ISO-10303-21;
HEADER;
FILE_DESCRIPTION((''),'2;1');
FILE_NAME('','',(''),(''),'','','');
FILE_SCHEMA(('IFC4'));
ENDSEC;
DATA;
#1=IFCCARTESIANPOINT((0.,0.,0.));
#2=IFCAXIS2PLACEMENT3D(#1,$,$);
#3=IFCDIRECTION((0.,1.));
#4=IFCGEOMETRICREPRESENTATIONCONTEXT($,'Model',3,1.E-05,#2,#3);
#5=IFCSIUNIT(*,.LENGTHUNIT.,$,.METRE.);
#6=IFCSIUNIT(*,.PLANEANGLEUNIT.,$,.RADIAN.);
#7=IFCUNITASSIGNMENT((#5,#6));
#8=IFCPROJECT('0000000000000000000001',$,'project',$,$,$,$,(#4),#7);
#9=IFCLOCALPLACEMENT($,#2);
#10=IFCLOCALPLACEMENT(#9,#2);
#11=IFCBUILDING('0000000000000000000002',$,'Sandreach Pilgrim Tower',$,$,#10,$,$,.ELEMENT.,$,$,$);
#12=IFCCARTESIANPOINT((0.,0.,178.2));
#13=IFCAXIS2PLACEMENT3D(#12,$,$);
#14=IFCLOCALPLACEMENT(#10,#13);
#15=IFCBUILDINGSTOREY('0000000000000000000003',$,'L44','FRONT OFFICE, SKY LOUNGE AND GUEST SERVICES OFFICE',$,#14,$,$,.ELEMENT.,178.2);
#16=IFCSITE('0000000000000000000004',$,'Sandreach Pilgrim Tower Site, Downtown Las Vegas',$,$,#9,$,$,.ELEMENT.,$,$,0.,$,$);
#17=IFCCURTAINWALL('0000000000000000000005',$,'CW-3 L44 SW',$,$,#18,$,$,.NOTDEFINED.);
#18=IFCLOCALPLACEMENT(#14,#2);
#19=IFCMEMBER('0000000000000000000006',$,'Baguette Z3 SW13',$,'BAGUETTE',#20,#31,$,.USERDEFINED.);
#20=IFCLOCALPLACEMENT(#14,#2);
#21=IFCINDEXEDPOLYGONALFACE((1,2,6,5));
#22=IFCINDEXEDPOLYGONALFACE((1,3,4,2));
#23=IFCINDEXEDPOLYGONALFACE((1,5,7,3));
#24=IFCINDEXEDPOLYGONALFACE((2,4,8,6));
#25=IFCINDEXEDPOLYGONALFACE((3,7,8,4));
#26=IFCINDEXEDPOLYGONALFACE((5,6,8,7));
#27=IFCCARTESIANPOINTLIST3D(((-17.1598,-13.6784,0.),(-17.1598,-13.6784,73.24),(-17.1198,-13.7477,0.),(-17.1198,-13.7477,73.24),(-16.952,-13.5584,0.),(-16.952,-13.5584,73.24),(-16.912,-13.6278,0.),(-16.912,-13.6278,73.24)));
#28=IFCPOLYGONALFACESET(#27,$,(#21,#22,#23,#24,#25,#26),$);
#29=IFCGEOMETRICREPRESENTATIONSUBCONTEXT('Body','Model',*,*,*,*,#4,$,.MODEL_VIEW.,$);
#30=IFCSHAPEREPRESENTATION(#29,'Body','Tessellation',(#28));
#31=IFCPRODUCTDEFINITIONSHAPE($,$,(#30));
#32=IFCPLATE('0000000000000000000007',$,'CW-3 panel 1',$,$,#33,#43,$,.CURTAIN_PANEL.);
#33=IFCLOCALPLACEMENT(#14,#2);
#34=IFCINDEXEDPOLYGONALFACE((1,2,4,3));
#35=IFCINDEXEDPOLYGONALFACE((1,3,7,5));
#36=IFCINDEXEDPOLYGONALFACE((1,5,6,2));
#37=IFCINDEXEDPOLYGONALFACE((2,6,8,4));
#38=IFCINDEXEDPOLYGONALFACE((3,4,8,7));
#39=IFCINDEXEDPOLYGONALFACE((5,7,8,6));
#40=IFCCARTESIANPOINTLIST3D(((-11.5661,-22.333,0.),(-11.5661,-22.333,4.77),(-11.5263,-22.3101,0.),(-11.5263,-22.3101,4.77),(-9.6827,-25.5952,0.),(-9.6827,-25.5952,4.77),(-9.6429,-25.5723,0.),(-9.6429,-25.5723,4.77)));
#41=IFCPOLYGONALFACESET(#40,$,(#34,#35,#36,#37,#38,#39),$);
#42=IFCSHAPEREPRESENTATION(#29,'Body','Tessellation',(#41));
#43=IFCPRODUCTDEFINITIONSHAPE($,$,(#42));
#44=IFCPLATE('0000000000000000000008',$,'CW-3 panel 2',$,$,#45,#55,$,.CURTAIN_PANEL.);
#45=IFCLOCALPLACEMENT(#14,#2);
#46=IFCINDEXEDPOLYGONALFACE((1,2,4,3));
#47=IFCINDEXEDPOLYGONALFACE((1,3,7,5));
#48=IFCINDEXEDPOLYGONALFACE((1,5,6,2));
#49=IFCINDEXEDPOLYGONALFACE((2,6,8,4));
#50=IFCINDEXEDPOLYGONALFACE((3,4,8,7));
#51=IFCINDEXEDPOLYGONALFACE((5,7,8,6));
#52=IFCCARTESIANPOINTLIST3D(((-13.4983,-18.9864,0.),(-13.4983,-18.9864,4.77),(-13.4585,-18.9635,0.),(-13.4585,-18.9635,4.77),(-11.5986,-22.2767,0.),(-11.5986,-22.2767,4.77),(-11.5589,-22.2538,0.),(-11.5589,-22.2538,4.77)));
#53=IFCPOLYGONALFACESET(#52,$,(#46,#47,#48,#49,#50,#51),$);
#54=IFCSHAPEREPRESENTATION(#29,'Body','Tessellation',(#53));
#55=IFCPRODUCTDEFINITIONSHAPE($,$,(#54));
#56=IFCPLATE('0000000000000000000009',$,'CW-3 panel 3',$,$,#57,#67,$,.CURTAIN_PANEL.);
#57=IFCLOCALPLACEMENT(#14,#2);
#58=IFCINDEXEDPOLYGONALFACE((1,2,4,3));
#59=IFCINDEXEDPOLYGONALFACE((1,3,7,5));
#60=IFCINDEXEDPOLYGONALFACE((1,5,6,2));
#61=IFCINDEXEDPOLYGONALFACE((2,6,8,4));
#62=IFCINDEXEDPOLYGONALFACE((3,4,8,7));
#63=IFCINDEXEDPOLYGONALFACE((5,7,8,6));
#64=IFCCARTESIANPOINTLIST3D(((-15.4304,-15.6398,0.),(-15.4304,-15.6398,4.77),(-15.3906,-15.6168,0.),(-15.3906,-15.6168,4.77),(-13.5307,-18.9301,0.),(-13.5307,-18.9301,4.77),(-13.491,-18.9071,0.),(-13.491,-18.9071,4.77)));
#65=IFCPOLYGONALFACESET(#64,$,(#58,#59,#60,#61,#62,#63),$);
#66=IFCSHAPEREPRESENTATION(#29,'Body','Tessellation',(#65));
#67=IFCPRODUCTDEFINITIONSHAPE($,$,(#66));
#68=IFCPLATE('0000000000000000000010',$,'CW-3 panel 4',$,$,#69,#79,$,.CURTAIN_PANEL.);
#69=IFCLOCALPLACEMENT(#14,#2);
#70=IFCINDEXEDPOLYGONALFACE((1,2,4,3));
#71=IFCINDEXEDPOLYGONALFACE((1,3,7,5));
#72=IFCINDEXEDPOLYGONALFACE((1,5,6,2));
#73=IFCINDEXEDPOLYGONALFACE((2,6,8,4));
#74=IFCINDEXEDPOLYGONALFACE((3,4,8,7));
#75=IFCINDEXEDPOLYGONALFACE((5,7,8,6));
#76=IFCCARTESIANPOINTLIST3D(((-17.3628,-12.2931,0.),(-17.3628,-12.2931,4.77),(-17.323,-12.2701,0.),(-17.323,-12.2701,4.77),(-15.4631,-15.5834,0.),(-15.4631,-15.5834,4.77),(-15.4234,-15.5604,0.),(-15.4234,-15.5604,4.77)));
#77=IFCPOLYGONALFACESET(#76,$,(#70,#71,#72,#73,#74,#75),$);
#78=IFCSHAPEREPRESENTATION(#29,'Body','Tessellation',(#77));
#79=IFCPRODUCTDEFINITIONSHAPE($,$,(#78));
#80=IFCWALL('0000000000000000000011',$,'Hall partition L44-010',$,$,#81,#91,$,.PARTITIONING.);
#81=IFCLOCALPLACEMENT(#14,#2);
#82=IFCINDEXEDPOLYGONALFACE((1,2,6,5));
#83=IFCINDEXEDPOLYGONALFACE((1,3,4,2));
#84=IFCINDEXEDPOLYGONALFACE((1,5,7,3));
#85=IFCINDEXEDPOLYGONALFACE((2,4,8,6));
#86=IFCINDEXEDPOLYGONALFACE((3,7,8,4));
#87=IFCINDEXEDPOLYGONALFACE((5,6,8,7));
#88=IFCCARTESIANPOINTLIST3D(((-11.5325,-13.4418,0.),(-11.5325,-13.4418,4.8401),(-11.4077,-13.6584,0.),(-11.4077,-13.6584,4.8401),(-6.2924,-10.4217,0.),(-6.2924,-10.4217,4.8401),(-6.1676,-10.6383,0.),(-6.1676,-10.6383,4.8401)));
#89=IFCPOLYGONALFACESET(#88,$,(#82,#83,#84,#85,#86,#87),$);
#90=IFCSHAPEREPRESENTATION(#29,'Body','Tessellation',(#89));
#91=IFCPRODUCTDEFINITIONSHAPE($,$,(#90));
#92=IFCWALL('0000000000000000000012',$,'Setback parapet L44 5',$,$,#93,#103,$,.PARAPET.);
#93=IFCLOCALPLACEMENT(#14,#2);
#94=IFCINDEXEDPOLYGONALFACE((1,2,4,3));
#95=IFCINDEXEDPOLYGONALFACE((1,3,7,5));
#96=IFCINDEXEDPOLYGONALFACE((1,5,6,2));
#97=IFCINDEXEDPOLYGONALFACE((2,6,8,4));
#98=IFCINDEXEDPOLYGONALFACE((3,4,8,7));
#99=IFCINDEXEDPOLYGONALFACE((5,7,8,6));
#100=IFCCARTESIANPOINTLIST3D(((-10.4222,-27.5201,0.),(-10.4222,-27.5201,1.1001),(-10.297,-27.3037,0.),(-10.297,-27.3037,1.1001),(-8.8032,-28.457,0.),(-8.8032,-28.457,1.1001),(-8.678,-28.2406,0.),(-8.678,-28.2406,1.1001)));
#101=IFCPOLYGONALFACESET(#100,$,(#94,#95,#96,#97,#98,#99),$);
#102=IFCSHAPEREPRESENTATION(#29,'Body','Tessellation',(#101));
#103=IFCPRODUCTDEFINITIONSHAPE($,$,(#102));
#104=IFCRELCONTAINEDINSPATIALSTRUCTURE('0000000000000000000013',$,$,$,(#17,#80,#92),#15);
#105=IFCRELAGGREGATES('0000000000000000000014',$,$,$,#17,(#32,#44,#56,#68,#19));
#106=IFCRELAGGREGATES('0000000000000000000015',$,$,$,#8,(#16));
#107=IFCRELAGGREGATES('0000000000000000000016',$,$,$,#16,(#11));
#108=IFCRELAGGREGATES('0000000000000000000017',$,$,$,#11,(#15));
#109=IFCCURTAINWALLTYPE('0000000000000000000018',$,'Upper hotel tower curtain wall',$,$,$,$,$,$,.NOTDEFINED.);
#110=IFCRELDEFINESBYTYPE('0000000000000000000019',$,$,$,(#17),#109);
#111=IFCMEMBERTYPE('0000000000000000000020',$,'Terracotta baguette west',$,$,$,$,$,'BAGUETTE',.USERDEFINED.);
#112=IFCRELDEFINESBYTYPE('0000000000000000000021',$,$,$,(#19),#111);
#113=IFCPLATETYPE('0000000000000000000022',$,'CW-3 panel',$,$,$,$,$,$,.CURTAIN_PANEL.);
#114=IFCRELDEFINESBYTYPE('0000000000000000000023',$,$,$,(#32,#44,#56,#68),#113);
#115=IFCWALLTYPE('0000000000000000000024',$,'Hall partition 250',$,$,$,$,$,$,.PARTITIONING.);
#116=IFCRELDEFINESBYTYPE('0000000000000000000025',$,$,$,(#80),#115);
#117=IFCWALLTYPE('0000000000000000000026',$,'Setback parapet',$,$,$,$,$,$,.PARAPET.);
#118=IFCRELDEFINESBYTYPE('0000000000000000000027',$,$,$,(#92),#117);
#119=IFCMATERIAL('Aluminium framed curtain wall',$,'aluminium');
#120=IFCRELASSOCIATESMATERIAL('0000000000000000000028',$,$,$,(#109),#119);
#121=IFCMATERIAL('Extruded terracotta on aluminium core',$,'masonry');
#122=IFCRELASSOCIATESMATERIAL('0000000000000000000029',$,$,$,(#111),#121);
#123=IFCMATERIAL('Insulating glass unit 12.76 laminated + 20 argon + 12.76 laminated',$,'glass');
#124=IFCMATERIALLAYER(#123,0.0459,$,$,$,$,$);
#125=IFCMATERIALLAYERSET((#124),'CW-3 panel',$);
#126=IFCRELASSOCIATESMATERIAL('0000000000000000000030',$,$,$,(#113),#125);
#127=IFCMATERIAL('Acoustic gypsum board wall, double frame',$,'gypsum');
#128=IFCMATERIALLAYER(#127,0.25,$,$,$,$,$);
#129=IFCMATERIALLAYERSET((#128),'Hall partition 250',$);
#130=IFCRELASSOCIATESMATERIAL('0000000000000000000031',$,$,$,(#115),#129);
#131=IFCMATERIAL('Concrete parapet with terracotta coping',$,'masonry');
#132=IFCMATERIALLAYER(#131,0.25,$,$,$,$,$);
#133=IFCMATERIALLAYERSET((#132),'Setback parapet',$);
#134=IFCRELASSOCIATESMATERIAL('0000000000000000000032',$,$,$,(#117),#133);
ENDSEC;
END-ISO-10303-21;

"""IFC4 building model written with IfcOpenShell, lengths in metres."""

from ifc_helpers import new_model, si_unit, direction, frame, frame_2d, origin, origin_2d, place, context, subcontext, project, spatial, rectangle, extrude, material, layer, layer_set, material_profile, profile_set, type_object, element, aggregate, save


model = new_model("IFC4")

# Units and contexts
model_context = context("Model", 3, precision=1e-05, world=origin(), true_north=direction((0.0, 1.0)))
body_context = subcontext(model_context, "Body", "Model", "MODEL_VIEW")
ifc_project = project(units=[si_unit("LENGTHUNIT", "METRE"), si_unit("PLANEANGLEUNIT", "RADIAN")], contexts=[model_context])

# Site, building, storey
site_placement = place(None, origin())
site = spatial("IfcSite", under=ifc_project, at=site_placement, Name="Sandreach Pilgrim Tower Site, Downtown Las Vegas", CompositionType="ELEMENT", RefElevation=0.0)
building_placement = place(site_placement, origin())
building = spatial("IfcBuilding", under=site, at=building_placement, Name="Sandreach Pilgrim Tower", CompositionType="ELEMENT")
storey_placement = place(building_placement, frame((0.0, 0.0, 178.2)))
storey = spatial("IfcBuildingStorey", under=building, at=storey_placement, Name="L44", Description="FRONT OFFICE, SKY LOUNGE AND GUEST SERVICES OFFICE", CompositionType="ELEMENT", Elevation=178.2)

# Curtain wall
ifc_material_1 = material(Name="Aluminium framed curtain wall", Category="aluminium")
curtain_wall_type = type_object("IfcCurtainWallType", Name="Upper hotel tower curtain wall", PredefinedType="NOTDEFINED", material=ifc_material_1)
curtain_wall_placement = place(storey_placement, origin())
curtain_wall = element("IfcCurtainWall", 1, at=curtain_wall_placement, inside=storey, type_object=curtain_wall_type, Name="CW-3 L44 SW", PredefinedType="NOTDEFINED")

# Member
ifc_material_2 = material(Name="Extruded terracotta on aluminium core", Category="masonry")
ifc_material_profile_1 = material_profile(ifc_material_2, rectangle(XDim=0.0801, YDim=0.24, at=origin_2d()), Name="TBW 80X240")
ifc_profile_set_1 = profile_set([ifc_material_profile_1], Name="Extruded terracotta on aluminium core")
member_type_1 = type_object("IfcMemberType", Name="Terracotta baguette west", ElementType="BAGUETTE", PredefinedType="USERDEFINED", material=ifc_profile_set_1)
member_1_placement = place(storey_placement, frame((-17.0359, -13.6531, 0.0), z_axis=(0.0, 0.0, 1.0), x_axis=(-0.5, 0.866025, 0.0)))
member_1 = element("IfcMember", 2, at=member_1_placement, type_object=member_type_1, Name="Baguette Z3 SW13", ObjectType="BAGUETTE", PredefinedType="USERDEFINED", context=body_context, shape_type="SweptSolid", body=[
    extrude(rectangle(XDim=0.0801, YDim=0.24, at=origin_2d()), origin(), (0.0, 0.0, 1.0), 73.24),
])

# Plates
ifc_material_3 = material(Name="Insulating glass unit 12.76 laminated + 20 argon + 12.76 laminated", Category="glass")
ifc_layer_1 = layer(ifc_material_3, 0.0459)
ifc_layer_set_1 = layer_set([ifc_layer_1], Name="CW-3 panel")
plate_type = type_object("IfcPlateType", Name="CW-3 panel", PredefinedType="CURTAIN_PANEL", material=ifc_layer_set_1)
plate_1_placement = place(storey_placement, frame((-10.6045, -23.9526, 0.0), z_axis=(0.0, 0.0, 1.0), x_axis=(-0.5, 0.866025, 0.0)))
plate_1 = element("IfcPlate", 3, at=plate_1_placement, type_object=plate_type, Name="CW-3 panel 1", PredefinedType="CURTAIN_PANEL", context=body_context, shape_type="SweptSolid", body=[
    extrude(rectangle(XDim=3.7668, YDim=0.0459, at=origin_2d()), origin(), (0.0, 0.0, 1.0), 4.77),
])
plate_2_placement = place(storey_placement, frame((-12.5286, -20.6201, 0.0), z_axis=(0.0, 0.0, 1.0), x_axis=(-0.5, 0.866025, 0.0)))
plate_2 = element("IfcPlate", 4, at=plate_2_placement, type_object=plate_type, Name="CW-3 panel 2", PredefinedType="CURTAIN_PANEL", context=body_context, shape_type="SweptSolid", body=[
    extrude(rectangle(XDim=3.7993, YDim=0.0459, at=origin_2d()), origin(), (0.0, 0.0, 1.0), 4.77),
])
plate_3_placement = place(storey_placement, frame((-14.4607, -17.2734, 0.0), z_axis=(0.0, 0.0, 1.0), x_axis=(-0.5, 0.866025, 0.0)))
plate_3 = element("IfcPlate", 5, at=plate_3_placement, type_object=plate_type, Name="CW-3 panel 3", PredefinedType="CURTAIN_PANEL", context=body_context, shape_type="SweptSolid", body=[
    extrude(rectangle(XDim=3.7993, YDim=0.0459, at=origin_2d()), origin(), (0.0, 0.0, 1.0), 4.77),
])
plate_4_placement = place(storey_placement, frame((-16.3931, -13.9268, 0.0), z_axis=(0.0, 0.0, 1.0), x_axis=(-0.5, 0.866025, 0.0)))
plate_4 = element("IfcPlate", 6, at=plate_4_placement, type_object=plate_type, Name="CW-3 panel 4", PredefinedType="CURTAIN_PANEL", context=body_context, shape_type="SweptSolid", body=[
    extrude(rectangle(XDim=3.7993, YDim=0.0459, at=origin_2d()), origin(), (0.0, 0.0, 1.0), 4.77),
])
aggregate(curtain_wall, [plate_1, plate_2, plate_3, plate_4, member_1])

# Walls
ifc_material_4 = material(Name="Acoustic gypsum board wall, double frame", Category="gypsum")
ifc_layer_2 = layer(ifc_material_4, 0.25)
ifc_layer_set_2 = layer_set([ifc_layer_2], Name="Hall partition 250")
wall_type_1 = type_object("IfcWallType", Name="Hall partition 250", PredefinedType="PARTITIONING", material=ifc_layer_set_2)
wall_1_placement = place(storey_placement, frame((-11.47, -13.55, 0.0), z_axis=(0.0, 0.0, 1.0), x_axis=(0.866404, 0.499344, 0.0)))
element("IfcWall", 7, at=wall_1_placement, inside=storey, type_object=wall_type_1, Name="Hall partition L44-010", PredefinedType="PARTITIONING", context=body_context, shape_type="SweptSolid", body=[
    extrude(rectangle(XDim=6.0481, YDim=0.25, at=frame_2d((3.0239, 0.0))), origin(), (0.0, 0.0, 1.0), 4.8401),
])
ifc_material_5 = material(Name="Concrete parapet with terracotta coping", Category="masonry")
ifc_layer_3 = layer(ifc_material_5, 0.25)
ifc_layer_set_3 = layer_set([ifc_layer_3], Name="Setback parapet")
wall_type_2 = type_object("IfcWallType", Name="Setback parapet", PredefinedType="PARAPET", material=ifc_layer_set_3)
wall_2_placement = place(storey_placement, frame((-10.3596, -27.4119, 0.0), z_axis=(0.0, 0.0, 1.0), x_axis=(0.865516, -0.500882, 0.0)))
element("IfcWall", 8, at=wall_2_placement, inside=storey, type_object=wall_type_2, Name="Setback parapet L44 5", PredefinedType="PARAPET", context=body_context, shape_type="SweptSolid", body=[
    extrude(rectangle(XDim=1.8706, YDim=0.25, at=frame_2d((0.9353, 0.0))), origin(), (0.0, 0.0, 1.0), 1.1001),
])

save(model, "model.ifc")
